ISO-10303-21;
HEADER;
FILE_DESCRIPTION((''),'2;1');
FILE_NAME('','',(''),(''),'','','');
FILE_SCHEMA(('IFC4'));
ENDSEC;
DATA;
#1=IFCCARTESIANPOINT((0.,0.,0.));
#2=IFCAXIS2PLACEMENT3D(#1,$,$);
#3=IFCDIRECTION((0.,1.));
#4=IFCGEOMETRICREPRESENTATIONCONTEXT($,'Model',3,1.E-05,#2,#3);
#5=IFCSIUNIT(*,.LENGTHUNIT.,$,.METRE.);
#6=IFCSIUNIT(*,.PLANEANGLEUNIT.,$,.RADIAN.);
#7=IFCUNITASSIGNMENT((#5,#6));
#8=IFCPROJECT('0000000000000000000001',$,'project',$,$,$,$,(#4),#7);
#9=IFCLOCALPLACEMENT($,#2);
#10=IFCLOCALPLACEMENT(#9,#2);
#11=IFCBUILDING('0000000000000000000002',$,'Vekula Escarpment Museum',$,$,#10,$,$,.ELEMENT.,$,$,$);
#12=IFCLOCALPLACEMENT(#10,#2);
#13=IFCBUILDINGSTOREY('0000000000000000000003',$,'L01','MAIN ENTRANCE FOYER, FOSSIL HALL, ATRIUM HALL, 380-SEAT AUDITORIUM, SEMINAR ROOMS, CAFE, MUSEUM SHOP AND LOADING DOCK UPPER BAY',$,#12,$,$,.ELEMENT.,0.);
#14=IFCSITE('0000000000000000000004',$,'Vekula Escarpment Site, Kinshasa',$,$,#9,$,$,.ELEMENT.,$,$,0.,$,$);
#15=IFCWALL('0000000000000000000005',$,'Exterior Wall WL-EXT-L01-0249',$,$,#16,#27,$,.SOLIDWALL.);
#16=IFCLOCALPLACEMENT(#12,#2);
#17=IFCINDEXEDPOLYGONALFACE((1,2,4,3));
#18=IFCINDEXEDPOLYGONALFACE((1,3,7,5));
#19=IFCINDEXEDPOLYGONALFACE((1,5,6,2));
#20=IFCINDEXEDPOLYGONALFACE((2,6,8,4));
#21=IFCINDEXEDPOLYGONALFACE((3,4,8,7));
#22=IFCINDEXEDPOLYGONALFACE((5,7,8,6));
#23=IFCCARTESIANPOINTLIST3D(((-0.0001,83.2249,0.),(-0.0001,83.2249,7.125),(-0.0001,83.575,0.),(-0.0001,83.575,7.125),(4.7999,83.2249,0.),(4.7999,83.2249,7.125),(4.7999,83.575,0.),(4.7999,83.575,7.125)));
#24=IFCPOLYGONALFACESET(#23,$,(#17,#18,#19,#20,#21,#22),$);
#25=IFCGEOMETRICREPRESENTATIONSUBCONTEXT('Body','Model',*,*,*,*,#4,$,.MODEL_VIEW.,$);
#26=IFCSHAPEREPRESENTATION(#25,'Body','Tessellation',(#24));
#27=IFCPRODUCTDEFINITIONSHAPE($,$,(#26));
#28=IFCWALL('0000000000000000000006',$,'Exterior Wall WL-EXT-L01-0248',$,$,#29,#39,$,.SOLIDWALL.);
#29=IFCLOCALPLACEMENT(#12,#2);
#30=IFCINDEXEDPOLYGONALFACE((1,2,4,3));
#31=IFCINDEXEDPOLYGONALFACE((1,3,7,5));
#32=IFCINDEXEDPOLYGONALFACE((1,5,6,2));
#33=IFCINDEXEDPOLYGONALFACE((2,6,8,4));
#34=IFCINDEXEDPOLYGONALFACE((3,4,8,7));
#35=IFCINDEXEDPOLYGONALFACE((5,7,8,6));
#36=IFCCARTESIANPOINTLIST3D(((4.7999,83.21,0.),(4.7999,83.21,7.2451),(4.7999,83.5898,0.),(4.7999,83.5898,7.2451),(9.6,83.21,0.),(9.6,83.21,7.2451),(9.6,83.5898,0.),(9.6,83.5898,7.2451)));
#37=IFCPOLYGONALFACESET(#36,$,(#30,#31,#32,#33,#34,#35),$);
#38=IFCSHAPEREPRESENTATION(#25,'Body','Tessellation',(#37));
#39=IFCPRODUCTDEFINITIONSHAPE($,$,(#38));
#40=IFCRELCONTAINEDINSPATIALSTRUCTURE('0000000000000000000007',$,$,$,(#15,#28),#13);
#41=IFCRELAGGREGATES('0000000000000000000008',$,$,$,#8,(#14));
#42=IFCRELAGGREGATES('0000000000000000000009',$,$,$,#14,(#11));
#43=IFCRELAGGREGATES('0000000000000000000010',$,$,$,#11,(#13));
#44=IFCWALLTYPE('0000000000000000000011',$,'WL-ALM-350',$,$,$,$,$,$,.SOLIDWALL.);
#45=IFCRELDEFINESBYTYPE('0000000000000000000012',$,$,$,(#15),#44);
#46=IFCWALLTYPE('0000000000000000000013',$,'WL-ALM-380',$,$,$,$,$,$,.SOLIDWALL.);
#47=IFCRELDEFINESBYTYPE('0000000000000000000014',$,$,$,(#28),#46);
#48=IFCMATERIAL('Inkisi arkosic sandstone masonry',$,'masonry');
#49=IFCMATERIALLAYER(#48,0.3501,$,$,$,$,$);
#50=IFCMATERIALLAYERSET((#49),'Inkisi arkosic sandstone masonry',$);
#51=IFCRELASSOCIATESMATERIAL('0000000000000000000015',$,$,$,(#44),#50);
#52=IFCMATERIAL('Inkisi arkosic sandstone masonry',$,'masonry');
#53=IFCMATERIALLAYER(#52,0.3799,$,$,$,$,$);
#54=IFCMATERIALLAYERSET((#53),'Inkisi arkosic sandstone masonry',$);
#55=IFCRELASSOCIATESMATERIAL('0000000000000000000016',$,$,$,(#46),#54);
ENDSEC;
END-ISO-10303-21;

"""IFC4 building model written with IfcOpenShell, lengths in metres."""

from ifc_helpers import new_model, si_unit, direction, frame, frame_2d, origin, place, context, subcontext, project, spatial, rectangle, extrude, material, layer, layer_set, type_object, element, save


model = new_model("IFC4")

# Units and contexts
model_context = context("Model", 3, precision=1e-05, world=origin(), true_north=direction((0.0, 1.0)))
body_context = subcontext(model_context, "Body", "Model", "MODEL_VIEW")
ifc_project = project(units=[si_unit("LENGTHUNIT", "METRE"), si_unit("PLANEANGLEUNIT", "RADIAN")], contexts=[model_context])

# Site, building, storey
site_placement = place(None, origin())
site = spatial("IfcSite", under=ifc_project, at=site_placement, Name="Vekula Escarpment Site, Kinshasa", CompositionType="ELEMENT", RefElevation=0.0)
building_placement = place(site_placement, origin())
building = spatial("IfcBuilding", under=site, at=building_placement, Name="Vekula Escarpment Museum", CompositionType="ELEMENT")
storey_placement = place(building_placement, origin())
storey = spatial("IfcBuildingStorey", under=building, at=storey_placement, Name="L01", Description="MAIN ENTRANCE FOYER, FOSSIL HALL, ATRIUM HALL, 380-SEAT AUDITORIUM, SEMINAR ROOMS, CAFE, MUSEUM SHOP AND LOADING DOCK UPPER BAY", CompositionType="ELEMENT", Elevation=0.0)

# Walls
ifc_material_1 = material(Name="Inkisi arkosic sandstone masonry", Category="masonry")
ifc_layer_1 = layer(ifc_material_1, 0.3501)
ifc_layer_set_1 = layer_set([ifc_layer_1], Name="Inkisi arkosic sandstone masonry")
wall_type_1 = type_object("IfcWallType", Name="WL-ALM-350", PredefinedType="SOLIDWALL", material=ifc_layer_set_1)
wall_1_placement = place(storey_placement, frame((0.0, 83.3999, 0.0), z_axis=(0.0, 0.0, 1.0), x_axis=(1.0, 0.0, 0.0)))
element("IfcWall", 1, at=wall_1_placement, inside=storey, type_object=wall_type_1, Name="Exterior Wall WL-EXT-L01-0249", PredefinedType="SOLIDWALL", context=body_context, shape_type="SweptSolid", body=[
    extrude(rectangle(XDim=4.8, YDim=0.3501, at=frame_2d((2.3999, 0.0))), origin(), (0.0, 0.0, 1.0), 7.125),
])
ifc_material_2 = material(Name="Inkisi arkosic sandstone masonry", Category="masonry")
ifc_layer_2 = layer(ifc_material_2, 0.3799)
ifc_layer_set_2 = layer_set([ifc_layer_2], Name="Inkisi arkosic sandstone masonry")
wall_type_2 = type_object("IfcWallType", Name="WL-ALM-380", PredefinedType="SOLIDWALL", material=ifc_layer_set_2)
wall_2_placement = place(storey_placement, frame((4.8, 83.3999, 0.0), z_axis=(0.0, 0.0, 1.0), x_axis=(1.0, 0.0, 0.0)))
element("IfcWall", 2, at=wall_2_placement, inside=storey, type_object=wall_type_2, Name="Exterior Wall WL-EXT-L01-0248", PredefinedType="SOLIDWALL", context=body_context, shape_type="SweptSolid", body=[
    extrude(rectangle(XDim=4.8, YDim=0.3799, at=frame_2d((2.3999, 0.0))), origin(), (0.0, 0.0, 1.0), 7.2451),
])

save(model, "model.ifc")
